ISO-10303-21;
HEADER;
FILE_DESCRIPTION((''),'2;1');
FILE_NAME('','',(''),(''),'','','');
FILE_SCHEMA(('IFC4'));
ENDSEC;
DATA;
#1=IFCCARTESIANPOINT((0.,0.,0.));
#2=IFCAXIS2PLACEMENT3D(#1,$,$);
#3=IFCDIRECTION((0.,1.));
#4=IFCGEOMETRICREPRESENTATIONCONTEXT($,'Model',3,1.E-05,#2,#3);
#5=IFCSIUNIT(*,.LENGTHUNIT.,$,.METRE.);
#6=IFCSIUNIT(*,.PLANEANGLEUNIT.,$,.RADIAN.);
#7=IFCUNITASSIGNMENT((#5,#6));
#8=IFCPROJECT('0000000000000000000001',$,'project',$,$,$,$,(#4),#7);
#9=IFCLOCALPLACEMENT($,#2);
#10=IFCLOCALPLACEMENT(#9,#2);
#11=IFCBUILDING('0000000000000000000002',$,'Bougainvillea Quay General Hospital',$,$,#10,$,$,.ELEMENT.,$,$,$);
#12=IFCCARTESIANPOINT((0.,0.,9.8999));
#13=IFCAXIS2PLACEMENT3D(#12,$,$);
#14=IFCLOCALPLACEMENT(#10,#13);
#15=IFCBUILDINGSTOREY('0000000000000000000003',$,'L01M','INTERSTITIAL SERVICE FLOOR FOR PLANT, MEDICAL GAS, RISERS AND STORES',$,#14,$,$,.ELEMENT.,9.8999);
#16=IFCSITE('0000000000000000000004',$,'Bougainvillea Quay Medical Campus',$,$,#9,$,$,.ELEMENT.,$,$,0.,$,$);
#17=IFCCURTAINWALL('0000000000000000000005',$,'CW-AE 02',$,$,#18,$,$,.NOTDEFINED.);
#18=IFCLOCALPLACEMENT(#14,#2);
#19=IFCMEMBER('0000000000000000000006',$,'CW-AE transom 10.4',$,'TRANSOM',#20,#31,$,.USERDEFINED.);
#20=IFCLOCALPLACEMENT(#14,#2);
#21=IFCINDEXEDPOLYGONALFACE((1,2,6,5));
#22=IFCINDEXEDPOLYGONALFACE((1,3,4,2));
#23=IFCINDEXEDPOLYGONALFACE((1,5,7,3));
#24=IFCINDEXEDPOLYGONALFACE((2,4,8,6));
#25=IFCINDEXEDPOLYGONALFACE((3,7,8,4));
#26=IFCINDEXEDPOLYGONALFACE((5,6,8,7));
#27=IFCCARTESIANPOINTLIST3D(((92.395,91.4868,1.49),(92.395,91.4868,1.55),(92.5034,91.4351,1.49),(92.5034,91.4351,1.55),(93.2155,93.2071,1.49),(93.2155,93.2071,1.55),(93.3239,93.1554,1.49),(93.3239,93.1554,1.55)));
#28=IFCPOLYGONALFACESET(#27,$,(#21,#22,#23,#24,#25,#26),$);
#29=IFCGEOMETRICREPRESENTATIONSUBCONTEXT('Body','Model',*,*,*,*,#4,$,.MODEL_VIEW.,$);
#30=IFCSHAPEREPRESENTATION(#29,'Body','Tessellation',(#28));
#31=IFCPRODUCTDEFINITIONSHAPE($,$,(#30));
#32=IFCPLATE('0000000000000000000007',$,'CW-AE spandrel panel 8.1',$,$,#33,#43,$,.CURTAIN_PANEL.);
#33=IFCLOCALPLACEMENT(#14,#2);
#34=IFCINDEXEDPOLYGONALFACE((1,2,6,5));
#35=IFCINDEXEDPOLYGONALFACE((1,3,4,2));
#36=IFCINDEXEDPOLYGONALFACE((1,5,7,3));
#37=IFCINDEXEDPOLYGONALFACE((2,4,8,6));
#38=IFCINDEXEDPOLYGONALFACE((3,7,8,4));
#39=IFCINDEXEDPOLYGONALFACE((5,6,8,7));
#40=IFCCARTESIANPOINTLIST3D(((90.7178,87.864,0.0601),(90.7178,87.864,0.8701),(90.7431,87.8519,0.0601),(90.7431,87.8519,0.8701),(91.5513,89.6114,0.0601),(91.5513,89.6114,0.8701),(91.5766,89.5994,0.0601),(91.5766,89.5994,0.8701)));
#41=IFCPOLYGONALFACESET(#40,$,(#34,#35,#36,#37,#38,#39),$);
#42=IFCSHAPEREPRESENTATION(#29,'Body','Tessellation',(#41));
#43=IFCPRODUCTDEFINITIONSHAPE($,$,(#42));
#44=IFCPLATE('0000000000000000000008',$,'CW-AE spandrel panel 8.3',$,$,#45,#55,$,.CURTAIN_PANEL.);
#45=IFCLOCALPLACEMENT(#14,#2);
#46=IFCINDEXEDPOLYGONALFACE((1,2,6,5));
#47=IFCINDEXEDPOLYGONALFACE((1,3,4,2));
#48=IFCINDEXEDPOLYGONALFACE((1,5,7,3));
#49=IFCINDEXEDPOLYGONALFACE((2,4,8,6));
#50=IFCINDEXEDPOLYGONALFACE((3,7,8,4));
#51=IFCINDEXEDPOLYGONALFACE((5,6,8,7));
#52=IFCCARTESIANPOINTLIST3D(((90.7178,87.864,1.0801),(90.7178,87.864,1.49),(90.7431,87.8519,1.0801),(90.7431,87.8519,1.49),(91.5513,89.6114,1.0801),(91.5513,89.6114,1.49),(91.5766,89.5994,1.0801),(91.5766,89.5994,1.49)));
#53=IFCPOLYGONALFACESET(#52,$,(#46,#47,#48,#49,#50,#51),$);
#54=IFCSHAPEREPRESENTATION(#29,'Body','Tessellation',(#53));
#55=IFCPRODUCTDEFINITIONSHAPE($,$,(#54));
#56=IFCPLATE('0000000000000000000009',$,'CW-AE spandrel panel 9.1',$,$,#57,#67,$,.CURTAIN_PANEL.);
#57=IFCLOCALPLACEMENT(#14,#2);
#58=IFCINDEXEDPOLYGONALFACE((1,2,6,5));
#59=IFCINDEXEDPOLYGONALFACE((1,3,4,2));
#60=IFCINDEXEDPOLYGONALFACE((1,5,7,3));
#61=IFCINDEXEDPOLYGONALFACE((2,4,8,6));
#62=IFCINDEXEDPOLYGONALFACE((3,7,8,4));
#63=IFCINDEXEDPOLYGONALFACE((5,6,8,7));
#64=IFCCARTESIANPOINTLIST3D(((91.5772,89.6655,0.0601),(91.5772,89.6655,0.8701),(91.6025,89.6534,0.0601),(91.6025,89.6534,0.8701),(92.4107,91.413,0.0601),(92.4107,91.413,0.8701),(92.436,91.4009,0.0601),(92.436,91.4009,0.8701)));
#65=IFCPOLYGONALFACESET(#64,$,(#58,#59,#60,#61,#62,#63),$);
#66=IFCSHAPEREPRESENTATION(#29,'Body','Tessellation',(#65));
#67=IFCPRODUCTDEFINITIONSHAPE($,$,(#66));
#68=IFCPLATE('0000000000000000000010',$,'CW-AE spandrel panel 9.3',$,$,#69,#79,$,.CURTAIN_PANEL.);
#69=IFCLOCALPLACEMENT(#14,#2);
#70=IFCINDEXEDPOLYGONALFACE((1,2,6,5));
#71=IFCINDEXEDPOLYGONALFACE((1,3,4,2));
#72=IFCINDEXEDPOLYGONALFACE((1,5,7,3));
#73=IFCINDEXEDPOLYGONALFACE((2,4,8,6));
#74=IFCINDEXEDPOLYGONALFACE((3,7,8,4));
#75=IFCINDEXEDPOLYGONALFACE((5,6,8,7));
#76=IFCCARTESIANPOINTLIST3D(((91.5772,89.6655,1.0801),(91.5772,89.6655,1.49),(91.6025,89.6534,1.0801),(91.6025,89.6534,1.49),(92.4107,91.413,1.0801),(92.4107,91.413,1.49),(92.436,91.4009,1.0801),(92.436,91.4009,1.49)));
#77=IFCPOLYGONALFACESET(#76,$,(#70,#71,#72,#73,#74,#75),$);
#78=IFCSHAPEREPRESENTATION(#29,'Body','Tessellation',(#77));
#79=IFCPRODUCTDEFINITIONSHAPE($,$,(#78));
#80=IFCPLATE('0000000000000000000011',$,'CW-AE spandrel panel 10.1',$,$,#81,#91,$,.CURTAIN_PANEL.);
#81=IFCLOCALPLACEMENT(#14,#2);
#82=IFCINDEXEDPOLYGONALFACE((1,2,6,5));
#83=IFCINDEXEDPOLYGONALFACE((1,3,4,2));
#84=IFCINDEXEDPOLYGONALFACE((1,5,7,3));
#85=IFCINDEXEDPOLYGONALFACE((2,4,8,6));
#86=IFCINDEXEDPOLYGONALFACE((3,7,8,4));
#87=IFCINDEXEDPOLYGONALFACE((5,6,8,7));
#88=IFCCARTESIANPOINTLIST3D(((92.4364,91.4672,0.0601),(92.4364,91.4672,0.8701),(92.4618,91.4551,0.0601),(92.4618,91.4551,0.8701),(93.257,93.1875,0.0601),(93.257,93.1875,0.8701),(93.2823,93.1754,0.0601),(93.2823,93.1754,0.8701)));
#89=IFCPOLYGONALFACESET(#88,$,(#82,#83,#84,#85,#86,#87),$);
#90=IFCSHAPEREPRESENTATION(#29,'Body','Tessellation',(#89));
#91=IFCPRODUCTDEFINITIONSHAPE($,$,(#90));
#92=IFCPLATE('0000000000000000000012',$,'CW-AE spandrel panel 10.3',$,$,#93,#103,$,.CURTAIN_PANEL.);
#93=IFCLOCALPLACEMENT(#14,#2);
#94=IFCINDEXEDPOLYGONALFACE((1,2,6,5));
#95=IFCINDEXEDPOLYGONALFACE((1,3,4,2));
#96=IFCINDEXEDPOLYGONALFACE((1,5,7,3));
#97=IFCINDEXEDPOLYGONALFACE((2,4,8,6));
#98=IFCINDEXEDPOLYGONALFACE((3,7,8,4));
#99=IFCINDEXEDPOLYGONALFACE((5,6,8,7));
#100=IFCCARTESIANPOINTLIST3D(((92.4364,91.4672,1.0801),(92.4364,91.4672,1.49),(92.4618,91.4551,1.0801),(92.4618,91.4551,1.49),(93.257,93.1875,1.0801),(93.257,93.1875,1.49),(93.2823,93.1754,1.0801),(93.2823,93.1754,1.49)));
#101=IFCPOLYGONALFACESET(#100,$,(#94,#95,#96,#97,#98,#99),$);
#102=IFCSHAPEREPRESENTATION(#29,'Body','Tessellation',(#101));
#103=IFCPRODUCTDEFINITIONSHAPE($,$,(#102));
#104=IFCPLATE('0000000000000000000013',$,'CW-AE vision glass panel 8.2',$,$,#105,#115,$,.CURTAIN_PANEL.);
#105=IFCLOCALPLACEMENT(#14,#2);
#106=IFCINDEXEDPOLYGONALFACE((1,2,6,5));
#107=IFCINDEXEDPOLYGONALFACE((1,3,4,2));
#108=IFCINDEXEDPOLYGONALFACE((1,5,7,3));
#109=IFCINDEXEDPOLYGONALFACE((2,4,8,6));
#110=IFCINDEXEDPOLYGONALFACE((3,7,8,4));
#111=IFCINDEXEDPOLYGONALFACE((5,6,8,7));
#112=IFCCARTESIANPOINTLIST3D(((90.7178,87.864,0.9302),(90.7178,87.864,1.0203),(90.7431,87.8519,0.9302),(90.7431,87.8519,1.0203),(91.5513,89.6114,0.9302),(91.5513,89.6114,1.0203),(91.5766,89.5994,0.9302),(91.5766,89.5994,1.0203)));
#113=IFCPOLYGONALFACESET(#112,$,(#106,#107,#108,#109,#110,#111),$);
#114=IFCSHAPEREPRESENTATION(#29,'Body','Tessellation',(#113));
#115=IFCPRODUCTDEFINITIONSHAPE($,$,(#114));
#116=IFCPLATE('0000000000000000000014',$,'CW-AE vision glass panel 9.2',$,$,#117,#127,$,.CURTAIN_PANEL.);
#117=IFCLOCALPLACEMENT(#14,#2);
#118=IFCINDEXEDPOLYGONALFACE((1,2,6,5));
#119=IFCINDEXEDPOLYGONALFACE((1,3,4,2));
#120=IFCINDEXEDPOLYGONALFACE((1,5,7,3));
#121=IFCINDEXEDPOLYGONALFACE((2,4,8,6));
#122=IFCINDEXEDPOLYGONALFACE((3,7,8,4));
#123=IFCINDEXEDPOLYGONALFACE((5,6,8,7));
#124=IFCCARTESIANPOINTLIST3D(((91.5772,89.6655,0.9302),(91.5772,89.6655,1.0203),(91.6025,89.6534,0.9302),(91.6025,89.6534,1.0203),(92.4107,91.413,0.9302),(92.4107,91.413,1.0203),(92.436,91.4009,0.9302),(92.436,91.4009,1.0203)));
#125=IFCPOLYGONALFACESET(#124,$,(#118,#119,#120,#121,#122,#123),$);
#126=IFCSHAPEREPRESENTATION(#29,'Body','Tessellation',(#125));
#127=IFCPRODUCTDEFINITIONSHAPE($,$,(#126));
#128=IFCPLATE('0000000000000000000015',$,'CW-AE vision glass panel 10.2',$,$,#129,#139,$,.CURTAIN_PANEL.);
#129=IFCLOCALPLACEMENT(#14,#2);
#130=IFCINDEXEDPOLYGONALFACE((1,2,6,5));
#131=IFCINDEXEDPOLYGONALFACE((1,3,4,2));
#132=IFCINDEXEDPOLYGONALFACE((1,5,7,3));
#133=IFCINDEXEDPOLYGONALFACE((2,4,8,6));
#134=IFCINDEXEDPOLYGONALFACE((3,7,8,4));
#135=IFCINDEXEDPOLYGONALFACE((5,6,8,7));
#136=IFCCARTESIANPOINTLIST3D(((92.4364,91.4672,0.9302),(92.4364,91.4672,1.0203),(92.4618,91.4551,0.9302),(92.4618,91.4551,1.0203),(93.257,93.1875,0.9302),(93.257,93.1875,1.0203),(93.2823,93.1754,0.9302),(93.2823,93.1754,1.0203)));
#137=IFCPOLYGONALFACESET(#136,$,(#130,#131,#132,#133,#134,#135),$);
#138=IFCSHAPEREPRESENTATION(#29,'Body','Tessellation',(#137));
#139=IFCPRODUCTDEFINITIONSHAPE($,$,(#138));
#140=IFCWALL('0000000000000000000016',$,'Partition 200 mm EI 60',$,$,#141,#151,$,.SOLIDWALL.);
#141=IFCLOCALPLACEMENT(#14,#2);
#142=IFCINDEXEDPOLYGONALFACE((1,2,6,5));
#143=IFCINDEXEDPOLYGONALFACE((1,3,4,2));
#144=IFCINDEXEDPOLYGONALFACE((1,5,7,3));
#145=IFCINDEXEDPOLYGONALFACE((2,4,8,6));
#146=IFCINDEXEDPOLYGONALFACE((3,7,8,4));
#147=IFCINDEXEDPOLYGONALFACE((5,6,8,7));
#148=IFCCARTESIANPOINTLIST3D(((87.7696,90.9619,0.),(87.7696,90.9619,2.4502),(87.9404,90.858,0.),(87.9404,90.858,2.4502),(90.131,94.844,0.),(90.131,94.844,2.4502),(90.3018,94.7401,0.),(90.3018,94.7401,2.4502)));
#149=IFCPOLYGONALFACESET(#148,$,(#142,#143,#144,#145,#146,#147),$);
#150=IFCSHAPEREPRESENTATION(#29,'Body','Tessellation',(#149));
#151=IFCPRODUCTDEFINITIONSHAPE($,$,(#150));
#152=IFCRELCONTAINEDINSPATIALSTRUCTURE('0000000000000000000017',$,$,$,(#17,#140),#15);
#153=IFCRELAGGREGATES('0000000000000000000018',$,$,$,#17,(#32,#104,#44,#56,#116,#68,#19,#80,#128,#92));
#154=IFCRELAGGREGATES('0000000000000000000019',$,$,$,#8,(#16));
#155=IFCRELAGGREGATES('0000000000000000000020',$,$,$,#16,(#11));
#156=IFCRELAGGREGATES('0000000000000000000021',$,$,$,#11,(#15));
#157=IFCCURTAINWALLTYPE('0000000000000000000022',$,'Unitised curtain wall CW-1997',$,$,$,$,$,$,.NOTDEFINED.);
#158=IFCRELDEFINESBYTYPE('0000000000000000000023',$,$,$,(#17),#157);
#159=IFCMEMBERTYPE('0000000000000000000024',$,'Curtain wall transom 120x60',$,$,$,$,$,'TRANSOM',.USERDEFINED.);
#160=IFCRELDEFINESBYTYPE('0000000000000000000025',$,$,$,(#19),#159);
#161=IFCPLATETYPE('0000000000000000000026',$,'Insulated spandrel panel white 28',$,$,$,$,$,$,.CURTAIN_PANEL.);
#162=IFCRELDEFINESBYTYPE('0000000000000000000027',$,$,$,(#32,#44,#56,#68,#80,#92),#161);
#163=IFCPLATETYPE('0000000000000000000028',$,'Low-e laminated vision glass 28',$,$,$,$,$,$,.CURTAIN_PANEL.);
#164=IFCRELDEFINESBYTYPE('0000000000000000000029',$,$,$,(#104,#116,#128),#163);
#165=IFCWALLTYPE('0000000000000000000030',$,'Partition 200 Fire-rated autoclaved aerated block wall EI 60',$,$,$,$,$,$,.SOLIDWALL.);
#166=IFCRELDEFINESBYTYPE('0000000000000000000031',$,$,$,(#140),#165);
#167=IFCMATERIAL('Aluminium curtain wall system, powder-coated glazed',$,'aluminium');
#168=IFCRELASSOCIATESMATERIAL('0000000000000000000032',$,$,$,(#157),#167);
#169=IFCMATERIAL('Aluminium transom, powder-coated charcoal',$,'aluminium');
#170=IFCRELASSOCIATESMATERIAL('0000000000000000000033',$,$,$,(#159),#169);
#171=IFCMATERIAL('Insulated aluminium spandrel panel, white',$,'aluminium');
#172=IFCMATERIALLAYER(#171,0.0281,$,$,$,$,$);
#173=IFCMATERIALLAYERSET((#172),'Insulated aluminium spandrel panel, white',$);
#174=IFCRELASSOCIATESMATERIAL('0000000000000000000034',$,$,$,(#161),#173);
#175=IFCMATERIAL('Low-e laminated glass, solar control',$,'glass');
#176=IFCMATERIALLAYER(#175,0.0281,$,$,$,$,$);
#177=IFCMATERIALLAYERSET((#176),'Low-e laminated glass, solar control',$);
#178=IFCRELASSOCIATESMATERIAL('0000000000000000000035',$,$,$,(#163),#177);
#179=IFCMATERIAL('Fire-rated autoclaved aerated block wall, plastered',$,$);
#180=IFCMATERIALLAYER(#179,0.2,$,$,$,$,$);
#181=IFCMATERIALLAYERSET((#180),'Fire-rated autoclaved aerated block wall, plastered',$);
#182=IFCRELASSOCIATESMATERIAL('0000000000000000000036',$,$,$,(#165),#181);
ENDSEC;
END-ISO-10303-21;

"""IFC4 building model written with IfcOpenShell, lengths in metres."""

from ifc_helpers import new_model, si_unit, direction, frame, frame_2d, origin, origin_2d, place, context, subcontext, project, spatial, rectangle, extrude, material, layer, layer_set, material_profile, profile_set, type_object, element, aggregate, save


model = new_model("IFC4")

# Units and contexts
model_context = context("Model", 3, precision=1e-05, world=origin(), true_north=direction((0.0, 1.0)))
body_context = subcontext(model_context, "Body", "Model", "MODEL_VIEW")
ifc_project = project(units=[si_unit("LENGTHUNIT", "METRE"), si_unit("PLANEANGLEUNIT", "RADIAN")], contexts=[model_context])

# Site, building, storey
site_placement = place(None, origin())
site = spatial("IfcSite", under=ifc_project, at=site_placement, Name="Bougainvillea Quay Medical Campus", CompositionType="ELEMENT", RefElevation=0.0)
building_placement = place(site_placement, origin())
building = spatial("IfcBuilding", under=site, at=building_placement, Name="Bougainvillea Quay General Hospital", CompositionType="ELEMENT")
storey_placement = place(building_placement, frame((0.0, 0.0, 9.8999)))
storey = spatial("IfcBuildingStorey", under=building, at=storey_placement, Name="L01M", Description="INTERSTITIAL SERVICE FLOOR FOR PLANT, MEDICAL GAS, RISERS AND STORES", CompositionType="ELEMENT", Elevation=9.8999)

# Curtain wall
ifc_material_1 = material(Name="Aluminium curtain wall system, powder-coated glazed", Category="aluminium")
curtain_wall_type_1 = type_object("IfcCurtainWallType", Name="Unitised curtain wall CW-1997", PredefinedType="NOTDEFINED", material=ifc_material_1)
curtain_wall_1_placement = place(storey_placement, origin())
curtain_wall_1 = element("IfcCurtainWall", 1, at=curtain_wall_1_placement, inside=storey, type_object=curtain_wall_type_1, Name="CW-AE 02", PredefinedType="NOTDEFINED")

# Member
ifc_material_2 = material(Name="Aluminium transom, powder-coated charcoal", Category="aluminium")
ifc_material_profile_1 = material_profile(ifc_material_2, rectangle(XDim=0.1201, YDim=0.0601, at=origin_2d()))
ifc_profile_set_1 = profile_set([ifc_material_profile_1], Name="Aluminium transom, powder-coated charcoal")
member_type_1 = type_object("IfcMemberType", Name="Curtain wall transom 120x60", ElementType="TRANSOM", PredefinedType="USERDEFINED", material=ifc_profile_set_1)
member_1_placement = place(storey_placement, frame((92.4492, 91.4609, 1.52), z_axis=(0.430485, 0.902598, 0.0), x_axis=(-0.902598, 0.430485, 0.0)))
member_1 = element("IfcMember", 2, at=member_1_placement, type_object=member_type_1, Name="CW-AE transom 10.4", ObjectType="TRANSOM", PredefinedType="USERDEFINED", context=body_context, shape_type="SweptSolid", body=[
    extrude(rectangle(XDim=0.1201, YDim=0.0601, at=origin_2d()), origin(), (0.0, 0.0, 1.0), 1.906),
])

# Plates
ifc_material_3 = material(Name="Insulated aluminium spandrel panel, white", Category="aluminium")
ifc_layer_1 = layer(ifc_material_3, 0.0281)
ifc_layer_set_1 = layer_set([ifc_layer_1], Name="Insulated aluminium spandrel panel, white")
plate_type_1 = type_object("IfcPlateType", Name="Insulated spandrel panel white 28", PredefinedType="CURTAIN_PANEL", material=ifc_layer_set_1)
plate_1_placement = place(storey_placement, frame((91.1472, 88.7317, 0.0601), z_axis=(0.0, 0.0, 1.0), x_axis=(0.430525, 0.902578, 0.0)))
plate_1 = element("IfcPlate", 3, at=plate_1_placement, type_object=plate_type_1, Name="CW-AE spandrel panel 8.1", PredefinedType="CURTAIN_PANEL", context=body_context, shape_type="SweptSolid", body=[
    extrude(rectangle(XDim=1.936, YDim=0.0281, at=origin_2d()), origin(), (0.0, 0.0, 1.0), 0.8101),
])
plate_2_placement = place(storey_placement, frame((91.1472, 88.7317, 1.0801), z_axis=(0.0, 0.0, 1.0), x_axis=(0.430525, 0.902578, 0.0)))
plate_2 = element("IfcPlate", 4, at=plate_2_placement, type_object=plate_type_1, Name="CW-AE spandrel panel 8.3", PredefinedType="CURTAIN_PANEL", context=body_context, shape_type="SweptSolid", body=[
    extrude(rectangle(XDim=1.936, YDim=0.0281, at=origin_2d()), origin(), (0.0, 0.0, 1.0), 0.4099),
])
plate_3_placement = place(storey_placement, frame((92.0066, 90.5332, 0.0601), z_axis=(0.0, 0.0, 1.0), x_axis=(0.430525, 0.902578, 0.0)))
plate_3 = element("IfcPlate", 5, at=plate_3_placement, type_object=plate_type_1, Name="CW-AE spandrel panel 9.1", PredefinedType="CURTAIN_PANEL", context=body_context, shape_type="SweptSolid", body=[
    extrude(rectangle(XDim=1.936, YDim=0.0281, at=origin_2d()), origin(), (0.0, 0.0, 1.0), 0.8101),
])
plate_4_placement = place(storey_placement, frame((92.0066, 90.5332, 1.0801), z_axis=(0.0, 0.0, 1.0), x_axis=(0.430525, 0.902578, 0.0)))
plate_4 = element("IfcPlate", 6, at=plate_4_placement, type_object=plate_type_1, Name="CW-AE spandrel panel 9.3", PredefinedType="CURTAIN_PANEL", context=body_context, shape_type="SweptSolid", body=[
    extrude(rectangle(XDim=1.936, YDim=0.0281, at=origin_2d()), origin(), (0.0, 0.0, 1.0), 0.4099),
])
plate_5_placement = place(storey_placement, frame((92.8594, 92.3213, 0.0601), z_axis=(0.0, 0.0, 1.0), x_axis=(0.430525, 0.902578, 0.0)))
plate_5 = element("IfcPlate", 7, at=plate_5_placement, type_object=plate_type_1, Name="CW-AE spandrel panel 10.1", PredefinedType="CURTAIN_PANEL", context=body_context, shape_type="SweptSolid", body=[
    extrude(rectangle(XDim=1.906, YDim=0.0281, at=origin_2d()), origin(), (0.0, 0.0, 1.0), 0.8101),
])
plate_6_placement = place(storey_placement, frame((92.8594, 92.3213, 1.0801), z_axis=(0.0, 0.0, 1.0), x_axis=(0.430525, 0.902578, 0.0)))
plate_6 = element("IfcPlate", 8, at=plate_6_placement, type_object=plate_type_1, Name="CW-AE spandrel panel 10.3", PredefinedType="CURTAIN_PANEL", context=body_context, shape_type="SweptSolid", body=[
    extrude(rectangle(XDim=1.906, YDim=0.0281, at=origin_2d()), origin(), (0.0, 0.0, 1.0), 0.4099),
])
ifc_material_4 = material(Name="Low-e laminated glass, solar control", Category="glass")
ifc_layer_2 = layer(ifc_material_4, 0.0281)
ifc_layer_set_2 = layer_set([ifc_layer_2], Name="Low-e laminated glass, solar control")
plate_type_2 = type_object("IfcPlateType", Name="Low-e laminated vision glass 28", PredefinedType="CURTAIN_PANEL", material=ifc_layer_set_2)
plate_7_placement = place(storey_placement, frame((91.1472, 88.7317, 0.9302), z_axis=(0.0, 0.0, 1.0), x_axis=(0.430525, 0.902578, 0.0)))
plate_7 = element("IfcPlate", 9, at=plate_7_placement, type_object=plate_type_2, Name="CW-AE vision glass panel 8.2", PredefinedType="CURTAIN_PANEL", context=body_context, shape_type="SweptSolid", body=[
    extrude(rectangle(XDim=1.936, YDim=0.0281, at=origin_2d()), origin(), (0.0, 0.0, 1.0), 0.0901),
])
plate_8_placement = place(storey_placement, frame((92.0066, 90.5332, 0.9302), z_axis=(0.0, 0.0, 1.0), x_axis=(0.430525, 0.902578, 0.0)))
plate_8 = element("IfcPlate", 10, at=plate_8_placement, type_object=plate_type_2, Name="CW-AE vision glass panel 9.2", PredefinedType="CURTAIN_PANEL", context=body_context, shape_type="SweptSolid", body=[
    extrude(rectangle(XDim=1.936, YDim=0.0281, at=origin_2d()), origin(), (0.0, 0.0, 1.0), 0.0901),
])
plate_9_placement = place(storey_placement, frame((92.8594, 92.3213, 0.9302), z_axis=(0.0, 0.0, 1.0), x_axis=(0.430525, 0.902578, 0.0)))
plate_9 = element("IfcPlate", 11, at=plate_9_placement, type_object=plate_type_2, Name="CW-AE vision glass panel 10.2", PredefinedType="CURTAIN_PANEL", context=body_context, shape_type="SweptSolid", body=[
    extrude(rectangle(XDim=1.906, YDim=0.0281, at=origin_2d()), origin(), (0.0, 0.0, 1.0), 0.0901),
])
aggregate(curtain_wall_1, [plate_1, plate_7, plate_2, plate_3, plate_8, plate_4, member_1, plate_5, plate_9, plate_6])

# Wall
ifc_material_5 = material(Name="Fire-rated autoclaved aerated block wall, plastered")
ifc_layer_3 = layer(ifc_material_5, 0.2)
ifc_layer_set_3 = layer_set([ifc_layer_3], Name="Fire-rated autoclaved aerated block wall, plastered")
wall_type = type_object("IfcWallType", Name="Partition 200 Fire-rated autoclaved aerated block wall EI 60", PredefinedType="SOLIDWALL", material=ifc_layer_set_3)
wall_placement = place(storey_placement, frame((87.855, 90.9099, 0.0), z_axis=(0.0, 0.0, 1.0), x_axis=(0.519678, 0.854362, 0.0)))
element("IfcWall", 12, at=wall_placement, inside=storey, type_object=wall_type, Name="Partition 200 mm EI 60", PredefinedType="SOLIDWALL", context=body_context, shape_type="SweptSolid", body=[
    extrude(rectangle(XDim=4.5439, YDim=0.2, at=frame_2d((2.272, 0.0))), origin(), (0.0, 0.0, 1.0), 2.4502),
])

save(model, "model.ifc")
